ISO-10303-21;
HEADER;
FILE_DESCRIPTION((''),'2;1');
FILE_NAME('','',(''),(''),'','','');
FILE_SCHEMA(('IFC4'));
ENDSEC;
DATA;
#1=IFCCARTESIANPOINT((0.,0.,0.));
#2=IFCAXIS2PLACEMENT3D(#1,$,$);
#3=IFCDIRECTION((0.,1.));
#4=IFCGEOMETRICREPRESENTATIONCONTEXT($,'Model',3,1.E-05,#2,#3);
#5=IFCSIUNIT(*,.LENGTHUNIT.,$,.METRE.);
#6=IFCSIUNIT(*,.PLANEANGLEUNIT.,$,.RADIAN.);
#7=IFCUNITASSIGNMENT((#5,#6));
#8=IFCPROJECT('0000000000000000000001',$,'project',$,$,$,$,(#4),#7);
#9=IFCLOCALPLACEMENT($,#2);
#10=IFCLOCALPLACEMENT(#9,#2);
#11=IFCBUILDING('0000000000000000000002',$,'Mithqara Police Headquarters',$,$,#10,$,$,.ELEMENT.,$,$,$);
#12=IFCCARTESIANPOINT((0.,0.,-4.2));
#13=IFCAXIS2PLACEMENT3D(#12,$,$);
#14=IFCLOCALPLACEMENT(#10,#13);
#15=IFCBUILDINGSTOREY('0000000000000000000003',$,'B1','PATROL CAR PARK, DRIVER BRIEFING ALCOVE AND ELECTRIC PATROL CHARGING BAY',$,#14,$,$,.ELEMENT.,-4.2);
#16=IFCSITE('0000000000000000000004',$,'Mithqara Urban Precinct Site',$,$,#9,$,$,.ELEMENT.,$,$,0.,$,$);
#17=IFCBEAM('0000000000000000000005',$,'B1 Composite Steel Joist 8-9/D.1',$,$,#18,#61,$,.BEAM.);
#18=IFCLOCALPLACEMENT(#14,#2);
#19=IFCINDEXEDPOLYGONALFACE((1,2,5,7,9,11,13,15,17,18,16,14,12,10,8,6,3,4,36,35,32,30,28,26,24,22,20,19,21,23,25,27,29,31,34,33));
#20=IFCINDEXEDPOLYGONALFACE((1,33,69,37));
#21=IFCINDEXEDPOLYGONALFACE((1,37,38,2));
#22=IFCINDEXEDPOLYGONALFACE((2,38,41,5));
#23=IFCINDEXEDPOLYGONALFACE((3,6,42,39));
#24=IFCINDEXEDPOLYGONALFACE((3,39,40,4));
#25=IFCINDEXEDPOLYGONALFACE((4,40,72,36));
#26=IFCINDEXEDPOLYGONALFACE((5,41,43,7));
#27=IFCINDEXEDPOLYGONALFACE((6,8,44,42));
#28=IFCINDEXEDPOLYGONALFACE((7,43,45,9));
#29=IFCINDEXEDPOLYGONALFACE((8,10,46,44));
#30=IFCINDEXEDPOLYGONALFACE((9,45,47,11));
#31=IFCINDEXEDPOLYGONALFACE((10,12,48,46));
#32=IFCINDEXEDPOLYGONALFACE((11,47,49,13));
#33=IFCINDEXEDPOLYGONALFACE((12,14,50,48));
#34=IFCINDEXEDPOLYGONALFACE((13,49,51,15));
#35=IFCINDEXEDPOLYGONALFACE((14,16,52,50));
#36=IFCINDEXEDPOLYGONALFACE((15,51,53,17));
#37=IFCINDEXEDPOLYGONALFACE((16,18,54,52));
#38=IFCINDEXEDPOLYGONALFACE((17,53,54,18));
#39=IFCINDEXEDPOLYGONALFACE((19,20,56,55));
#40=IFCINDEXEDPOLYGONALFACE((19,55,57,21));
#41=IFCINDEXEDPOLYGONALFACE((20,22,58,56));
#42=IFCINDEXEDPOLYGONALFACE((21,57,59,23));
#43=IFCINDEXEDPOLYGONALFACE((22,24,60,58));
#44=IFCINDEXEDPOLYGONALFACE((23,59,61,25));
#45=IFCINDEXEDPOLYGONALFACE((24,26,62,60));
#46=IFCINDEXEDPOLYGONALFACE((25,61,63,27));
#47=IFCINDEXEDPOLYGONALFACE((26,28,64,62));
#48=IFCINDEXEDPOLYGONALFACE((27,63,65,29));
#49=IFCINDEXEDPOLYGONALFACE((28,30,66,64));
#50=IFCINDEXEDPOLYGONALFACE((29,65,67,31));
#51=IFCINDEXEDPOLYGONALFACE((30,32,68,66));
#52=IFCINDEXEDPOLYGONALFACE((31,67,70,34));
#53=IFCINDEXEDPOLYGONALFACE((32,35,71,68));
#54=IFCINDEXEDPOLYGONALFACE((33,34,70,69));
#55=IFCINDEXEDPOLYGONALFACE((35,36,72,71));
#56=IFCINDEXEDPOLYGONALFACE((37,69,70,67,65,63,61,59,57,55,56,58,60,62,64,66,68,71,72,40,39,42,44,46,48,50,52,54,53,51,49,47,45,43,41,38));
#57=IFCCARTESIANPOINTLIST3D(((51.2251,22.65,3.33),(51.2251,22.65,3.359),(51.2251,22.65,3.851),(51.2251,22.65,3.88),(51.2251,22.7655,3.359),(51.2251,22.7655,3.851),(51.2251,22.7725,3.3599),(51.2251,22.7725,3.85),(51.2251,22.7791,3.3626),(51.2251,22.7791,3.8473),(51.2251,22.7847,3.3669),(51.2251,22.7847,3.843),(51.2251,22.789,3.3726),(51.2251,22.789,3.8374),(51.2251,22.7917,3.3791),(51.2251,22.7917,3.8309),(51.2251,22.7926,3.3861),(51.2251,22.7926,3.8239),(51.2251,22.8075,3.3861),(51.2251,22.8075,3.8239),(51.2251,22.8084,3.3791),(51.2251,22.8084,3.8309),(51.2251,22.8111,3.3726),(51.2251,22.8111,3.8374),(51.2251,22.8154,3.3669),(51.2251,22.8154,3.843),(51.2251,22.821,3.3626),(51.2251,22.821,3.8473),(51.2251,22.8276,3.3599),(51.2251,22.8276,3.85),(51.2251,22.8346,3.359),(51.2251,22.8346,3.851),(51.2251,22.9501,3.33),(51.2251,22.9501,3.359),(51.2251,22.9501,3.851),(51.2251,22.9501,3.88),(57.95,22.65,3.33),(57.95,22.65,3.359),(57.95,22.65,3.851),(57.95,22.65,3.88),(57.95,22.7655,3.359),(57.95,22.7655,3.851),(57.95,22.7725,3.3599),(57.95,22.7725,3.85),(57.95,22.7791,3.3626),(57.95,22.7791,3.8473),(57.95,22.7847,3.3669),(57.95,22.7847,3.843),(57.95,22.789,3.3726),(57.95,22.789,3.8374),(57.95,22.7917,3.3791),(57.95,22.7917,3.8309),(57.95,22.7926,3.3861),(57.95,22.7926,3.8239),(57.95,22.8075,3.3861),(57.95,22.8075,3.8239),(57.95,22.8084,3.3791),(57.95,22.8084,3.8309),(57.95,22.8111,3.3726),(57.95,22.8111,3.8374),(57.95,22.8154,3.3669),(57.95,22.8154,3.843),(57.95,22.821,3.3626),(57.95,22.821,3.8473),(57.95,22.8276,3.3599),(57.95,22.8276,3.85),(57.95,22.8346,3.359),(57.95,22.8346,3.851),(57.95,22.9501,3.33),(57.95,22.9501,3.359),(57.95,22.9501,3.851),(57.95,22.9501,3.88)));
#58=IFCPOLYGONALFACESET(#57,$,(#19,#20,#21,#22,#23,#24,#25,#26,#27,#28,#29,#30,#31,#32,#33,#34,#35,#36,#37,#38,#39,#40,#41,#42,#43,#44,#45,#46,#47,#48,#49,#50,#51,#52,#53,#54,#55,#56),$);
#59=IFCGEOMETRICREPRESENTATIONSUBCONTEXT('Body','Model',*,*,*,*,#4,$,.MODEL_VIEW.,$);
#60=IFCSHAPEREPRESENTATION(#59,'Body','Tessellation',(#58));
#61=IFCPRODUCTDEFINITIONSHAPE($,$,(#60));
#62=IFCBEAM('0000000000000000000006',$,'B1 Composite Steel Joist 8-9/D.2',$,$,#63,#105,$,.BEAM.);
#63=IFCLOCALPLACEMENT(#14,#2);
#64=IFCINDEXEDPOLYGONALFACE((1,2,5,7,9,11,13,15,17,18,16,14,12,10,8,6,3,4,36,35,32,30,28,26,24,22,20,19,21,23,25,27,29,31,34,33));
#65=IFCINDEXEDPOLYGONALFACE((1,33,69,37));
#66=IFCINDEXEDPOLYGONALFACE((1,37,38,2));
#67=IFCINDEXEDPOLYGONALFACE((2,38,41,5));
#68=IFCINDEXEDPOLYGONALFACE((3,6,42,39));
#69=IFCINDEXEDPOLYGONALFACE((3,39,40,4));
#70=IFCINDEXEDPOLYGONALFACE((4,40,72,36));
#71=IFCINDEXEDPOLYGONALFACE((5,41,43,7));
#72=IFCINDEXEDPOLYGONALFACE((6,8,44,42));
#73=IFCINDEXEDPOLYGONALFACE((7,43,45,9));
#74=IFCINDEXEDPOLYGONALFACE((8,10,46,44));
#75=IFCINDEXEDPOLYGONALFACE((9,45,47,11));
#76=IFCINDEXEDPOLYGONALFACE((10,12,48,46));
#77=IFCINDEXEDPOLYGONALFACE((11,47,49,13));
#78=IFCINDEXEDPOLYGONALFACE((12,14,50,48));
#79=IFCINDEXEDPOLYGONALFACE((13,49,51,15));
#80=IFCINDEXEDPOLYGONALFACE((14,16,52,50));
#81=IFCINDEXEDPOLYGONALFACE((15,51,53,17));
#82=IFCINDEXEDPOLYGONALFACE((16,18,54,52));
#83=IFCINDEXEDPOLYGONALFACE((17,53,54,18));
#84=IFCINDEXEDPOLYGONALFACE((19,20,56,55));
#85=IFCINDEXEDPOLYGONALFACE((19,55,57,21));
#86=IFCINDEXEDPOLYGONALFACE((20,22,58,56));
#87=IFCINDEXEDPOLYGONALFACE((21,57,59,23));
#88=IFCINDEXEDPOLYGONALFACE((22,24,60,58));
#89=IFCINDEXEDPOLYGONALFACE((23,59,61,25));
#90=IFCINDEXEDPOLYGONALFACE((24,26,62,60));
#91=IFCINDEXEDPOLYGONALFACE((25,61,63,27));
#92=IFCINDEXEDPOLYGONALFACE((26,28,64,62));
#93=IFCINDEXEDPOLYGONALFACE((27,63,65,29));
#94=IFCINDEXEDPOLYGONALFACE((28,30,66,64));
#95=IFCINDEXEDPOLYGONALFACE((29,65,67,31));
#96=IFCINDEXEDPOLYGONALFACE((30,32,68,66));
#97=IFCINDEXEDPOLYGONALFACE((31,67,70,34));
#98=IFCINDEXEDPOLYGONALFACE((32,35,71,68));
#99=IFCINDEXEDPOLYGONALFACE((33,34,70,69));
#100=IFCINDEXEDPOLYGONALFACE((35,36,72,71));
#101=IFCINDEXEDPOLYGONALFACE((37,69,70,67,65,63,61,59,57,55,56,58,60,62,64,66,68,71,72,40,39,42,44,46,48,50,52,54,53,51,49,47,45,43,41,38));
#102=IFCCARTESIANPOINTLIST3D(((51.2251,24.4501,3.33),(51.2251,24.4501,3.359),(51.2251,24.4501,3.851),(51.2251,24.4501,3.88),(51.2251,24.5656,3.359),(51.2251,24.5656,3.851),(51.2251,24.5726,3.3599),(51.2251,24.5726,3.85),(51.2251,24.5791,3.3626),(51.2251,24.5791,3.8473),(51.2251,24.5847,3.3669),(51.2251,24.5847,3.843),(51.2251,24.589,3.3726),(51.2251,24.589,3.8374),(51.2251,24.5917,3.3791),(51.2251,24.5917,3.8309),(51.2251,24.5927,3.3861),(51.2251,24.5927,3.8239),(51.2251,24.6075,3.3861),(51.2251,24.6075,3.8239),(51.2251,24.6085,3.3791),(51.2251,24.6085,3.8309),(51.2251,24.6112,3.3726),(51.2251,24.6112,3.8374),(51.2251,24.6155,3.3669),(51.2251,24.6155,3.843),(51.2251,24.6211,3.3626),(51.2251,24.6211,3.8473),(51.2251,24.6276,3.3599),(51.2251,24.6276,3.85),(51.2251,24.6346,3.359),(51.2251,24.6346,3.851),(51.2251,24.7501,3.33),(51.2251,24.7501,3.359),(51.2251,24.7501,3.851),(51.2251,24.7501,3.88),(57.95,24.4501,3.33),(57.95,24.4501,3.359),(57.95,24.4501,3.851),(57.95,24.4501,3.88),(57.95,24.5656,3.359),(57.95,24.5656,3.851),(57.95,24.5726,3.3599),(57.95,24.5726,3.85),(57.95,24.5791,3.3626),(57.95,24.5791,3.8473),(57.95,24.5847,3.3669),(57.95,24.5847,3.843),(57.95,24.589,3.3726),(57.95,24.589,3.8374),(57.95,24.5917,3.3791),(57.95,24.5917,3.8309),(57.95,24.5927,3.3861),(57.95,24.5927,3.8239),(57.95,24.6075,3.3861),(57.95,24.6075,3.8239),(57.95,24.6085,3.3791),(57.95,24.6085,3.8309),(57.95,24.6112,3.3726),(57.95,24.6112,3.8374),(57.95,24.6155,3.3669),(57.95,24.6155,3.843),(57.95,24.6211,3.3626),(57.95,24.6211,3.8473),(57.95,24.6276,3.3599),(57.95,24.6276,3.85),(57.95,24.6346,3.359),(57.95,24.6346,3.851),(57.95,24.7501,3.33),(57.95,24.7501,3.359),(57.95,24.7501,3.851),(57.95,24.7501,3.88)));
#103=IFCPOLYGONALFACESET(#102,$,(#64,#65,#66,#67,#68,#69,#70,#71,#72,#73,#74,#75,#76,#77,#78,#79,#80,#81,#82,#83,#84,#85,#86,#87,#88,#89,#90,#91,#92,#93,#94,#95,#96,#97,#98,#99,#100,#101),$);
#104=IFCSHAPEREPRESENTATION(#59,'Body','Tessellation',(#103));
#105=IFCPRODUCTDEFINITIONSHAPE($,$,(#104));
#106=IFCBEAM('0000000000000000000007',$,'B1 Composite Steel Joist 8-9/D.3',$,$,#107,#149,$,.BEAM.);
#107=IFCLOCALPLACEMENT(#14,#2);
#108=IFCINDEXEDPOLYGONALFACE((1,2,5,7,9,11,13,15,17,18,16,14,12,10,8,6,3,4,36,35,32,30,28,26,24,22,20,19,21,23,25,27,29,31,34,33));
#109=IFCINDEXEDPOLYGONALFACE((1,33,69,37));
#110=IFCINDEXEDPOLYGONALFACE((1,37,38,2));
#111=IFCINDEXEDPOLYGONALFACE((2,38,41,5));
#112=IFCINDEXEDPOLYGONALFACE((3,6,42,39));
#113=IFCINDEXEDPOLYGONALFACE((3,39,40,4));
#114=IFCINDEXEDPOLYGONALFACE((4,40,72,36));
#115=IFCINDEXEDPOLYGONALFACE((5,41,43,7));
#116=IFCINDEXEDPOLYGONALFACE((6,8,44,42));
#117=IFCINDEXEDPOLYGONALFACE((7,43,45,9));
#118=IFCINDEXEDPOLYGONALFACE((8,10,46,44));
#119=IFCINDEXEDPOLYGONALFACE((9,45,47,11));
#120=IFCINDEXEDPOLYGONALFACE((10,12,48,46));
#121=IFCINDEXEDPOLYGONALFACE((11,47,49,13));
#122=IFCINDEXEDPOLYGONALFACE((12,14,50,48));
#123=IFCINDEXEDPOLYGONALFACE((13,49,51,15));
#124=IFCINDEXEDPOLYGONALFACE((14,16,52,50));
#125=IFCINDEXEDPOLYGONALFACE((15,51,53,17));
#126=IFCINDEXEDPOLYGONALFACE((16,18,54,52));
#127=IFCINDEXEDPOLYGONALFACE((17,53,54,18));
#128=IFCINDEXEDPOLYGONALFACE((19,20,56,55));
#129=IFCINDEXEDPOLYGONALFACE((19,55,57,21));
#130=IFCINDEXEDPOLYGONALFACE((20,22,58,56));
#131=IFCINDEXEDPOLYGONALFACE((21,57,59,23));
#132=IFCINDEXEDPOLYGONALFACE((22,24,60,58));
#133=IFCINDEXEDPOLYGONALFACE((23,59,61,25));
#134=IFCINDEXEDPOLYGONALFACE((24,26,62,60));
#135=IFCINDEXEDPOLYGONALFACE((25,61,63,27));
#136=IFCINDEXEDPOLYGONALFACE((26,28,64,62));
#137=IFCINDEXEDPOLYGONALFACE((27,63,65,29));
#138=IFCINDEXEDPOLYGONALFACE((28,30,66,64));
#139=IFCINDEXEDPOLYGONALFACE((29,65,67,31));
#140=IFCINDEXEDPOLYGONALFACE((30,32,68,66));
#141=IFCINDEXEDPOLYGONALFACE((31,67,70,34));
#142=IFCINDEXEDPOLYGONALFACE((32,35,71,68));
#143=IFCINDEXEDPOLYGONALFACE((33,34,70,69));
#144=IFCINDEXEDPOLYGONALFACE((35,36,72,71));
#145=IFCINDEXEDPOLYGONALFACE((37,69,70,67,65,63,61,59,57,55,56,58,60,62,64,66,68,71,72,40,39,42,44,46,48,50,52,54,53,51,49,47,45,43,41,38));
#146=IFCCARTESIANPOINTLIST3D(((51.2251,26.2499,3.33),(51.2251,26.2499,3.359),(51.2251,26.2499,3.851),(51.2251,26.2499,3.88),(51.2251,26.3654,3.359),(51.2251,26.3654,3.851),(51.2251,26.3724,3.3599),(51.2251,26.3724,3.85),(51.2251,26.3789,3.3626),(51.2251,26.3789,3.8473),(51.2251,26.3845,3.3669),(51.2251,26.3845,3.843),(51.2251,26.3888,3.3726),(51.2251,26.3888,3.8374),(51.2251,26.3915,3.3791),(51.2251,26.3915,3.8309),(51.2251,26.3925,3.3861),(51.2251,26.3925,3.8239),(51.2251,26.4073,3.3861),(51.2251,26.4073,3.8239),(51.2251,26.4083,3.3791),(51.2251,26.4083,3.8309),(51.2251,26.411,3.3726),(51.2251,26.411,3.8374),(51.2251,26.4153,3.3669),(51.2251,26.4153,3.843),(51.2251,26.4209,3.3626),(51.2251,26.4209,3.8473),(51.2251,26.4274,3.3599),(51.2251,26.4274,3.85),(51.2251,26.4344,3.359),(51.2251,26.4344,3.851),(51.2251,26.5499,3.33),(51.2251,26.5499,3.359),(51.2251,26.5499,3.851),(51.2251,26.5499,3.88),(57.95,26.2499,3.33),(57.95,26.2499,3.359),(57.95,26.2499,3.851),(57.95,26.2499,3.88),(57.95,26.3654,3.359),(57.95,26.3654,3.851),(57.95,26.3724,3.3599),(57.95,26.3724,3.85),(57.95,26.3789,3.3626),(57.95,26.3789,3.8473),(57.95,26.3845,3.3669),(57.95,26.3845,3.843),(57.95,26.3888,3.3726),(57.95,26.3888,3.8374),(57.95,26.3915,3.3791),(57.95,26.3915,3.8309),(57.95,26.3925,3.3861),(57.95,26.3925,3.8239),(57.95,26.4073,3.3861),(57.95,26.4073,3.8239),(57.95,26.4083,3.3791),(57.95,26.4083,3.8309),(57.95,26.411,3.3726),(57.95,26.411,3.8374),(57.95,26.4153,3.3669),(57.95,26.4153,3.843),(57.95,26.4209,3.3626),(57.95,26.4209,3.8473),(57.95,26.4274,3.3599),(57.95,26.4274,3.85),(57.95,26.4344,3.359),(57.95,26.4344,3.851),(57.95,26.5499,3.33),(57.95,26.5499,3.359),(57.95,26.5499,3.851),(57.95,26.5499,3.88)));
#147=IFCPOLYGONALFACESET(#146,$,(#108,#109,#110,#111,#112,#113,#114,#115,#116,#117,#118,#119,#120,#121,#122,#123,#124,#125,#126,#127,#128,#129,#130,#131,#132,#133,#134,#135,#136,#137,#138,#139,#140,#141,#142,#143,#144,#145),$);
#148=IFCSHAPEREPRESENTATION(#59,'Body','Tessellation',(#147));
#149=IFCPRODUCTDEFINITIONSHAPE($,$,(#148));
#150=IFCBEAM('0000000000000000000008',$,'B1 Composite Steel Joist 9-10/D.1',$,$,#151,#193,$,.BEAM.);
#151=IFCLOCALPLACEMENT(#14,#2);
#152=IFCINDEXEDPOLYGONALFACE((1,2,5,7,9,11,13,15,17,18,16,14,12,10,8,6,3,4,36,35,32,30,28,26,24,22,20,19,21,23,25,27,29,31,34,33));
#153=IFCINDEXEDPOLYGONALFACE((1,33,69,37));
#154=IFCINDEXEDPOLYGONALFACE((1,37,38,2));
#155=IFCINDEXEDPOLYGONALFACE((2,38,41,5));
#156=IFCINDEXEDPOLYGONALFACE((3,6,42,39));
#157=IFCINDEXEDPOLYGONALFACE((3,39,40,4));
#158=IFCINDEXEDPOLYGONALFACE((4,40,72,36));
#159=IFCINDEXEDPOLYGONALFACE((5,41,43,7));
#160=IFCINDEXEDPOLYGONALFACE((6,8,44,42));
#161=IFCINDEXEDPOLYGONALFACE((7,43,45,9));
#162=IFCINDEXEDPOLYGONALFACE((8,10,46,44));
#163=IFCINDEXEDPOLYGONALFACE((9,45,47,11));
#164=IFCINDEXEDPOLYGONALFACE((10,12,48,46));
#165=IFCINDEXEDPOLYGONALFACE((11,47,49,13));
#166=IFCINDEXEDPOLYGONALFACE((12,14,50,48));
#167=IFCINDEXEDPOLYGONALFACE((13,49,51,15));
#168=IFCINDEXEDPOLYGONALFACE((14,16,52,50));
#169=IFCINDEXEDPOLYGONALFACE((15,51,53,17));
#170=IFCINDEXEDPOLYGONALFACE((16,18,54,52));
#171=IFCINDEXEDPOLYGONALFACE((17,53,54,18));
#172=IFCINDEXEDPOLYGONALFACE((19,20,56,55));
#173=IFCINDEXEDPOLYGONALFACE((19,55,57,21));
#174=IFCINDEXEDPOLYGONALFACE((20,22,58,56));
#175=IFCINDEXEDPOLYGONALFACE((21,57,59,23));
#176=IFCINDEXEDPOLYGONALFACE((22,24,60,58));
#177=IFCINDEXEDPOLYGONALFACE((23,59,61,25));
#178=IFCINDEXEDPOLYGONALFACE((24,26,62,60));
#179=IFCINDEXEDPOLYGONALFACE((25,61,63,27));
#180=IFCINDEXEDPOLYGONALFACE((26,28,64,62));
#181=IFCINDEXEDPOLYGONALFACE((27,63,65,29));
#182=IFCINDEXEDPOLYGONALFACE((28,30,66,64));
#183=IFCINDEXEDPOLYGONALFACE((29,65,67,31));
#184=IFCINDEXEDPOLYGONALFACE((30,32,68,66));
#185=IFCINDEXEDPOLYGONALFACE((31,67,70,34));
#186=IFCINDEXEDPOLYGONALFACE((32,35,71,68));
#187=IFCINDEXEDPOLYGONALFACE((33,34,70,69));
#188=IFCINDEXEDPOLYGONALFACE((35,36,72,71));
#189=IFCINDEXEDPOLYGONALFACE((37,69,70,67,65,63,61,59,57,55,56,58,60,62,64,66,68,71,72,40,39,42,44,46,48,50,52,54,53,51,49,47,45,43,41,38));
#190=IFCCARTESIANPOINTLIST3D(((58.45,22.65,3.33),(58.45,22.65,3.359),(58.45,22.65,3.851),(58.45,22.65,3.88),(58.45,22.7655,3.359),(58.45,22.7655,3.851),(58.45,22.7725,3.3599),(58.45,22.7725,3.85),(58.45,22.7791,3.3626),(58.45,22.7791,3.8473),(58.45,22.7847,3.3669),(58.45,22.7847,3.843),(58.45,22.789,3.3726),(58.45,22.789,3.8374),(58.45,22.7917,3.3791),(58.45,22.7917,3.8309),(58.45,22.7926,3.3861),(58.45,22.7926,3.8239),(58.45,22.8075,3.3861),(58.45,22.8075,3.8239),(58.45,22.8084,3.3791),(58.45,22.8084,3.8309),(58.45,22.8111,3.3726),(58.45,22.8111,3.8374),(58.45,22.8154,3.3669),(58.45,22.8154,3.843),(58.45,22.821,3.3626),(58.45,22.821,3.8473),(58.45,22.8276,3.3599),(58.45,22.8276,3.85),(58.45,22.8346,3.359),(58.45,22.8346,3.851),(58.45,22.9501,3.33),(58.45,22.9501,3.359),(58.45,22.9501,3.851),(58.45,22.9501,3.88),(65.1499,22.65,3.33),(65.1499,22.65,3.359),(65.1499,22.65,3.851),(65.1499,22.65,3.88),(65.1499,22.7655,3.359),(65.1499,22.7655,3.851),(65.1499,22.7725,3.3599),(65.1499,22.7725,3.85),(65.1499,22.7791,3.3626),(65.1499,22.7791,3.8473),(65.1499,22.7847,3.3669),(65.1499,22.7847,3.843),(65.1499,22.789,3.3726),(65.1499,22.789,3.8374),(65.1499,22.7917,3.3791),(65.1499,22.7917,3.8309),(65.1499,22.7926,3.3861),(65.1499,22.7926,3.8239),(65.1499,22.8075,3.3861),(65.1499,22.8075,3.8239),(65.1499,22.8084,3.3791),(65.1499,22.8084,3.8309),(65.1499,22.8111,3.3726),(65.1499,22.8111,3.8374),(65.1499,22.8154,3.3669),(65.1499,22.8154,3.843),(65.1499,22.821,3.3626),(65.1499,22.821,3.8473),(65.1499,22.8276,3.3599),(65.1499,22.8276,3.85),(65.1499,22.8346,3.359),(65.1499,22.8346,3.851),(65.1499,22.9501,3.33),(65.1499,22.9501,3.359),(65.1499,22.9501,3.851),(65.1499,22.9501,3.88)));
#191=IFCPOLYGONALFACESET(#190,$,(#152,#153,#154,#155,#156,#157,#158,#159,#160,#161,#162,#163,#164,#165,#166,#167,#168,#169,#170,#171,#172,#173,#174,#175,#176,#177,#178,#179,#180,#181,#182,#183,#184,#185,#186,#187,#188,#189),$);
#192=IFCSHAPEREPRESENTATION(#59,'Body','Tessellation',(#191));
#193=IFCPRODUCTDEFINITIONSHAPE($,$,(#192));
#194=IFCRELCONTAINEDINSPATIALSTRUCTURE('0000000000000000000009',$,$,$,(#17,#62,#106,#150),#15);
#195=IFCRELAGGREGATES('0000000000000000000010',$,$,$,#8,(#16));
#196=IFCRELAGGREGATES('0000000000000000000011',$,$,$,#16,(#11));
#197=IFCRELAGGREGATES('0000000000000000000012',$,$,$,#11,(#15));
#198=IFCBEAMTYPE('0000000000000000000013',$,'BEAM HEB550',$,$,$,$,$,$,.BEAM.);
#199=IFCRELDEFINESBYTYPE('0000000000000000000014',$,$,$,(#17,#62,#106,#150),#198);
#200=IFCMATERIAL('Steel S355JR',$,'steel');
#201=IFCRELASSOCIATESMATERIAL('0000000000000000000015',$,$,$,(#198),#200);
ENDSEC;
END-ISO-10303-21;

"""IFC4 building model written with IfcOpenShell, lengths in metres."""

from ifc_helpers import new_model, si_unit, direction, frame, origin, origin_2d, place, context, subcontext, project, spatial, i_section, extrude, material, material_profile, profile_set, type_object, element, save


model = new_model("IFC4")

# Units and contexts
model_context = context("Model", 3, precision=1e-05, world=origin(), true_north=direction((0.0, 1.0)))
body_context = subcontext(model_context, "Body", "Model", "MODEL_VIEW")
ifc_project = project(units=[si_unit("LENGTHUNIT", "METRE"), si_unit("PLANEANGLEUNIT", "RADIAN")], contexts=[model_context])

# Site, building, storey
site_placement = place(None, origin())
site = spatial("IfcSite", under=ifc_project, at=site_placement, Name="Mithqara Urban Precinct Site", CompositionType="ELEMENT", RefElevation=0.0)
building_placement = place(site_placement, origin())
building = spatial("IfcBuilding", under=site, at=building_placement, Name="Mithqara Police Headquarters", CompositionType="ELEMENT")
storey_placement = place(building_placement, frame((0.0, 0.0, -4.2)))
storey = spatial("IfcBuildingStorey", under=building, at=storey_placement, Name="B1", Description="PATROL CAR PARK, DRIVER BRIEFING ALCOVE AND ELECTRIC PATROL CHARGING BAY", CompositionType="ELEMENT", Elevation=-4.2)

# Beams
ifc_material_1 = material(Name="Steel S355JR", Category="steel")
ifc_material_profile_1 = material_profile(ifc_material_1, i_section(OverallWidth=0.3, OverallDepth=0.55, WebThickness=0.0149, FlangeThickness=0.0291, FilletRadius=0.0271, at=origin_2d()), Name="HEB 550")
ifc_profile_set_1 = profile_set([ifc_material_profile_1], Name="Steel S355JR")
beam_type_1 = type_object("IfcBeamType", Name="BEAM HEB550", PredefinedType="BEAM", material=ifc_profile_set_1)
for number, where, z_axis, x_axis, name in (
    (1, (51.2251, 22.8, 3.605), (1.0, 0.0, 0.0), (0.0, 1.0, 0.0), "B1 Composite Steel Joist 8-9/D.1"),
    (2, (51.2251, 24.6001, 3.605), (1.0, 0.0, 0.0), (0.0, 1.0, 0.0), "B1 Composite Steel Joist 8-9/D.2"),
    (3, (51.2251, 26.3999, 3.605), (1.0, 0.0, 0.0), (0.0, 1.0, 0.0), "B1 Composite Steel Joist 8-9/D.3"),
):
    element("IfcBeam", number, at=place(storey_placement, frame(where, z_axis=z_axis, x_axis=x_axis)), inside=storey, type_object=beam_type_1, Name=name, PredefinedType="BEAM", context=body_context, shape_type="SweptSolid", body=[
        extrude(i_section(OverallWidth=0.3, OverallDepth=0.55, WebThickness=0.0149, FlangeThickness=0.0291, FilletRadius=0.0271, at=origin_2d()), origin(), (0.0, 0.0, 1.0), 6.7249),
    ])
for number, where, z_axis, x_axis, name in (
    (4, (58.45, 22.8, 3.605), (1.0, 0.0, 0.0), (0.0, 1.0, 0.0), "B1 Composite Steel Joist 9-10/D.1"),
):
    element("IfcBeam", number, at=place(storey_placement, frame(where, z_axis=z_axis, x_axis=x_axis)), inside=storey, type_object=beam_type_1, Name=name, PredefinedType="BEAM", context=body_context, shape_type="SweptSolid", body=[
        extrude(i_section(OverallWidth=0.3, OverallDepth=0.55, WebThickness=0.0149, FlangeThickness=0.0291, FilletRadius=0.0271, at=origin_2d()), origin(), (0.0, 0.0, 1.0), 6.7),
    ])

save(model, "model.ifc")
